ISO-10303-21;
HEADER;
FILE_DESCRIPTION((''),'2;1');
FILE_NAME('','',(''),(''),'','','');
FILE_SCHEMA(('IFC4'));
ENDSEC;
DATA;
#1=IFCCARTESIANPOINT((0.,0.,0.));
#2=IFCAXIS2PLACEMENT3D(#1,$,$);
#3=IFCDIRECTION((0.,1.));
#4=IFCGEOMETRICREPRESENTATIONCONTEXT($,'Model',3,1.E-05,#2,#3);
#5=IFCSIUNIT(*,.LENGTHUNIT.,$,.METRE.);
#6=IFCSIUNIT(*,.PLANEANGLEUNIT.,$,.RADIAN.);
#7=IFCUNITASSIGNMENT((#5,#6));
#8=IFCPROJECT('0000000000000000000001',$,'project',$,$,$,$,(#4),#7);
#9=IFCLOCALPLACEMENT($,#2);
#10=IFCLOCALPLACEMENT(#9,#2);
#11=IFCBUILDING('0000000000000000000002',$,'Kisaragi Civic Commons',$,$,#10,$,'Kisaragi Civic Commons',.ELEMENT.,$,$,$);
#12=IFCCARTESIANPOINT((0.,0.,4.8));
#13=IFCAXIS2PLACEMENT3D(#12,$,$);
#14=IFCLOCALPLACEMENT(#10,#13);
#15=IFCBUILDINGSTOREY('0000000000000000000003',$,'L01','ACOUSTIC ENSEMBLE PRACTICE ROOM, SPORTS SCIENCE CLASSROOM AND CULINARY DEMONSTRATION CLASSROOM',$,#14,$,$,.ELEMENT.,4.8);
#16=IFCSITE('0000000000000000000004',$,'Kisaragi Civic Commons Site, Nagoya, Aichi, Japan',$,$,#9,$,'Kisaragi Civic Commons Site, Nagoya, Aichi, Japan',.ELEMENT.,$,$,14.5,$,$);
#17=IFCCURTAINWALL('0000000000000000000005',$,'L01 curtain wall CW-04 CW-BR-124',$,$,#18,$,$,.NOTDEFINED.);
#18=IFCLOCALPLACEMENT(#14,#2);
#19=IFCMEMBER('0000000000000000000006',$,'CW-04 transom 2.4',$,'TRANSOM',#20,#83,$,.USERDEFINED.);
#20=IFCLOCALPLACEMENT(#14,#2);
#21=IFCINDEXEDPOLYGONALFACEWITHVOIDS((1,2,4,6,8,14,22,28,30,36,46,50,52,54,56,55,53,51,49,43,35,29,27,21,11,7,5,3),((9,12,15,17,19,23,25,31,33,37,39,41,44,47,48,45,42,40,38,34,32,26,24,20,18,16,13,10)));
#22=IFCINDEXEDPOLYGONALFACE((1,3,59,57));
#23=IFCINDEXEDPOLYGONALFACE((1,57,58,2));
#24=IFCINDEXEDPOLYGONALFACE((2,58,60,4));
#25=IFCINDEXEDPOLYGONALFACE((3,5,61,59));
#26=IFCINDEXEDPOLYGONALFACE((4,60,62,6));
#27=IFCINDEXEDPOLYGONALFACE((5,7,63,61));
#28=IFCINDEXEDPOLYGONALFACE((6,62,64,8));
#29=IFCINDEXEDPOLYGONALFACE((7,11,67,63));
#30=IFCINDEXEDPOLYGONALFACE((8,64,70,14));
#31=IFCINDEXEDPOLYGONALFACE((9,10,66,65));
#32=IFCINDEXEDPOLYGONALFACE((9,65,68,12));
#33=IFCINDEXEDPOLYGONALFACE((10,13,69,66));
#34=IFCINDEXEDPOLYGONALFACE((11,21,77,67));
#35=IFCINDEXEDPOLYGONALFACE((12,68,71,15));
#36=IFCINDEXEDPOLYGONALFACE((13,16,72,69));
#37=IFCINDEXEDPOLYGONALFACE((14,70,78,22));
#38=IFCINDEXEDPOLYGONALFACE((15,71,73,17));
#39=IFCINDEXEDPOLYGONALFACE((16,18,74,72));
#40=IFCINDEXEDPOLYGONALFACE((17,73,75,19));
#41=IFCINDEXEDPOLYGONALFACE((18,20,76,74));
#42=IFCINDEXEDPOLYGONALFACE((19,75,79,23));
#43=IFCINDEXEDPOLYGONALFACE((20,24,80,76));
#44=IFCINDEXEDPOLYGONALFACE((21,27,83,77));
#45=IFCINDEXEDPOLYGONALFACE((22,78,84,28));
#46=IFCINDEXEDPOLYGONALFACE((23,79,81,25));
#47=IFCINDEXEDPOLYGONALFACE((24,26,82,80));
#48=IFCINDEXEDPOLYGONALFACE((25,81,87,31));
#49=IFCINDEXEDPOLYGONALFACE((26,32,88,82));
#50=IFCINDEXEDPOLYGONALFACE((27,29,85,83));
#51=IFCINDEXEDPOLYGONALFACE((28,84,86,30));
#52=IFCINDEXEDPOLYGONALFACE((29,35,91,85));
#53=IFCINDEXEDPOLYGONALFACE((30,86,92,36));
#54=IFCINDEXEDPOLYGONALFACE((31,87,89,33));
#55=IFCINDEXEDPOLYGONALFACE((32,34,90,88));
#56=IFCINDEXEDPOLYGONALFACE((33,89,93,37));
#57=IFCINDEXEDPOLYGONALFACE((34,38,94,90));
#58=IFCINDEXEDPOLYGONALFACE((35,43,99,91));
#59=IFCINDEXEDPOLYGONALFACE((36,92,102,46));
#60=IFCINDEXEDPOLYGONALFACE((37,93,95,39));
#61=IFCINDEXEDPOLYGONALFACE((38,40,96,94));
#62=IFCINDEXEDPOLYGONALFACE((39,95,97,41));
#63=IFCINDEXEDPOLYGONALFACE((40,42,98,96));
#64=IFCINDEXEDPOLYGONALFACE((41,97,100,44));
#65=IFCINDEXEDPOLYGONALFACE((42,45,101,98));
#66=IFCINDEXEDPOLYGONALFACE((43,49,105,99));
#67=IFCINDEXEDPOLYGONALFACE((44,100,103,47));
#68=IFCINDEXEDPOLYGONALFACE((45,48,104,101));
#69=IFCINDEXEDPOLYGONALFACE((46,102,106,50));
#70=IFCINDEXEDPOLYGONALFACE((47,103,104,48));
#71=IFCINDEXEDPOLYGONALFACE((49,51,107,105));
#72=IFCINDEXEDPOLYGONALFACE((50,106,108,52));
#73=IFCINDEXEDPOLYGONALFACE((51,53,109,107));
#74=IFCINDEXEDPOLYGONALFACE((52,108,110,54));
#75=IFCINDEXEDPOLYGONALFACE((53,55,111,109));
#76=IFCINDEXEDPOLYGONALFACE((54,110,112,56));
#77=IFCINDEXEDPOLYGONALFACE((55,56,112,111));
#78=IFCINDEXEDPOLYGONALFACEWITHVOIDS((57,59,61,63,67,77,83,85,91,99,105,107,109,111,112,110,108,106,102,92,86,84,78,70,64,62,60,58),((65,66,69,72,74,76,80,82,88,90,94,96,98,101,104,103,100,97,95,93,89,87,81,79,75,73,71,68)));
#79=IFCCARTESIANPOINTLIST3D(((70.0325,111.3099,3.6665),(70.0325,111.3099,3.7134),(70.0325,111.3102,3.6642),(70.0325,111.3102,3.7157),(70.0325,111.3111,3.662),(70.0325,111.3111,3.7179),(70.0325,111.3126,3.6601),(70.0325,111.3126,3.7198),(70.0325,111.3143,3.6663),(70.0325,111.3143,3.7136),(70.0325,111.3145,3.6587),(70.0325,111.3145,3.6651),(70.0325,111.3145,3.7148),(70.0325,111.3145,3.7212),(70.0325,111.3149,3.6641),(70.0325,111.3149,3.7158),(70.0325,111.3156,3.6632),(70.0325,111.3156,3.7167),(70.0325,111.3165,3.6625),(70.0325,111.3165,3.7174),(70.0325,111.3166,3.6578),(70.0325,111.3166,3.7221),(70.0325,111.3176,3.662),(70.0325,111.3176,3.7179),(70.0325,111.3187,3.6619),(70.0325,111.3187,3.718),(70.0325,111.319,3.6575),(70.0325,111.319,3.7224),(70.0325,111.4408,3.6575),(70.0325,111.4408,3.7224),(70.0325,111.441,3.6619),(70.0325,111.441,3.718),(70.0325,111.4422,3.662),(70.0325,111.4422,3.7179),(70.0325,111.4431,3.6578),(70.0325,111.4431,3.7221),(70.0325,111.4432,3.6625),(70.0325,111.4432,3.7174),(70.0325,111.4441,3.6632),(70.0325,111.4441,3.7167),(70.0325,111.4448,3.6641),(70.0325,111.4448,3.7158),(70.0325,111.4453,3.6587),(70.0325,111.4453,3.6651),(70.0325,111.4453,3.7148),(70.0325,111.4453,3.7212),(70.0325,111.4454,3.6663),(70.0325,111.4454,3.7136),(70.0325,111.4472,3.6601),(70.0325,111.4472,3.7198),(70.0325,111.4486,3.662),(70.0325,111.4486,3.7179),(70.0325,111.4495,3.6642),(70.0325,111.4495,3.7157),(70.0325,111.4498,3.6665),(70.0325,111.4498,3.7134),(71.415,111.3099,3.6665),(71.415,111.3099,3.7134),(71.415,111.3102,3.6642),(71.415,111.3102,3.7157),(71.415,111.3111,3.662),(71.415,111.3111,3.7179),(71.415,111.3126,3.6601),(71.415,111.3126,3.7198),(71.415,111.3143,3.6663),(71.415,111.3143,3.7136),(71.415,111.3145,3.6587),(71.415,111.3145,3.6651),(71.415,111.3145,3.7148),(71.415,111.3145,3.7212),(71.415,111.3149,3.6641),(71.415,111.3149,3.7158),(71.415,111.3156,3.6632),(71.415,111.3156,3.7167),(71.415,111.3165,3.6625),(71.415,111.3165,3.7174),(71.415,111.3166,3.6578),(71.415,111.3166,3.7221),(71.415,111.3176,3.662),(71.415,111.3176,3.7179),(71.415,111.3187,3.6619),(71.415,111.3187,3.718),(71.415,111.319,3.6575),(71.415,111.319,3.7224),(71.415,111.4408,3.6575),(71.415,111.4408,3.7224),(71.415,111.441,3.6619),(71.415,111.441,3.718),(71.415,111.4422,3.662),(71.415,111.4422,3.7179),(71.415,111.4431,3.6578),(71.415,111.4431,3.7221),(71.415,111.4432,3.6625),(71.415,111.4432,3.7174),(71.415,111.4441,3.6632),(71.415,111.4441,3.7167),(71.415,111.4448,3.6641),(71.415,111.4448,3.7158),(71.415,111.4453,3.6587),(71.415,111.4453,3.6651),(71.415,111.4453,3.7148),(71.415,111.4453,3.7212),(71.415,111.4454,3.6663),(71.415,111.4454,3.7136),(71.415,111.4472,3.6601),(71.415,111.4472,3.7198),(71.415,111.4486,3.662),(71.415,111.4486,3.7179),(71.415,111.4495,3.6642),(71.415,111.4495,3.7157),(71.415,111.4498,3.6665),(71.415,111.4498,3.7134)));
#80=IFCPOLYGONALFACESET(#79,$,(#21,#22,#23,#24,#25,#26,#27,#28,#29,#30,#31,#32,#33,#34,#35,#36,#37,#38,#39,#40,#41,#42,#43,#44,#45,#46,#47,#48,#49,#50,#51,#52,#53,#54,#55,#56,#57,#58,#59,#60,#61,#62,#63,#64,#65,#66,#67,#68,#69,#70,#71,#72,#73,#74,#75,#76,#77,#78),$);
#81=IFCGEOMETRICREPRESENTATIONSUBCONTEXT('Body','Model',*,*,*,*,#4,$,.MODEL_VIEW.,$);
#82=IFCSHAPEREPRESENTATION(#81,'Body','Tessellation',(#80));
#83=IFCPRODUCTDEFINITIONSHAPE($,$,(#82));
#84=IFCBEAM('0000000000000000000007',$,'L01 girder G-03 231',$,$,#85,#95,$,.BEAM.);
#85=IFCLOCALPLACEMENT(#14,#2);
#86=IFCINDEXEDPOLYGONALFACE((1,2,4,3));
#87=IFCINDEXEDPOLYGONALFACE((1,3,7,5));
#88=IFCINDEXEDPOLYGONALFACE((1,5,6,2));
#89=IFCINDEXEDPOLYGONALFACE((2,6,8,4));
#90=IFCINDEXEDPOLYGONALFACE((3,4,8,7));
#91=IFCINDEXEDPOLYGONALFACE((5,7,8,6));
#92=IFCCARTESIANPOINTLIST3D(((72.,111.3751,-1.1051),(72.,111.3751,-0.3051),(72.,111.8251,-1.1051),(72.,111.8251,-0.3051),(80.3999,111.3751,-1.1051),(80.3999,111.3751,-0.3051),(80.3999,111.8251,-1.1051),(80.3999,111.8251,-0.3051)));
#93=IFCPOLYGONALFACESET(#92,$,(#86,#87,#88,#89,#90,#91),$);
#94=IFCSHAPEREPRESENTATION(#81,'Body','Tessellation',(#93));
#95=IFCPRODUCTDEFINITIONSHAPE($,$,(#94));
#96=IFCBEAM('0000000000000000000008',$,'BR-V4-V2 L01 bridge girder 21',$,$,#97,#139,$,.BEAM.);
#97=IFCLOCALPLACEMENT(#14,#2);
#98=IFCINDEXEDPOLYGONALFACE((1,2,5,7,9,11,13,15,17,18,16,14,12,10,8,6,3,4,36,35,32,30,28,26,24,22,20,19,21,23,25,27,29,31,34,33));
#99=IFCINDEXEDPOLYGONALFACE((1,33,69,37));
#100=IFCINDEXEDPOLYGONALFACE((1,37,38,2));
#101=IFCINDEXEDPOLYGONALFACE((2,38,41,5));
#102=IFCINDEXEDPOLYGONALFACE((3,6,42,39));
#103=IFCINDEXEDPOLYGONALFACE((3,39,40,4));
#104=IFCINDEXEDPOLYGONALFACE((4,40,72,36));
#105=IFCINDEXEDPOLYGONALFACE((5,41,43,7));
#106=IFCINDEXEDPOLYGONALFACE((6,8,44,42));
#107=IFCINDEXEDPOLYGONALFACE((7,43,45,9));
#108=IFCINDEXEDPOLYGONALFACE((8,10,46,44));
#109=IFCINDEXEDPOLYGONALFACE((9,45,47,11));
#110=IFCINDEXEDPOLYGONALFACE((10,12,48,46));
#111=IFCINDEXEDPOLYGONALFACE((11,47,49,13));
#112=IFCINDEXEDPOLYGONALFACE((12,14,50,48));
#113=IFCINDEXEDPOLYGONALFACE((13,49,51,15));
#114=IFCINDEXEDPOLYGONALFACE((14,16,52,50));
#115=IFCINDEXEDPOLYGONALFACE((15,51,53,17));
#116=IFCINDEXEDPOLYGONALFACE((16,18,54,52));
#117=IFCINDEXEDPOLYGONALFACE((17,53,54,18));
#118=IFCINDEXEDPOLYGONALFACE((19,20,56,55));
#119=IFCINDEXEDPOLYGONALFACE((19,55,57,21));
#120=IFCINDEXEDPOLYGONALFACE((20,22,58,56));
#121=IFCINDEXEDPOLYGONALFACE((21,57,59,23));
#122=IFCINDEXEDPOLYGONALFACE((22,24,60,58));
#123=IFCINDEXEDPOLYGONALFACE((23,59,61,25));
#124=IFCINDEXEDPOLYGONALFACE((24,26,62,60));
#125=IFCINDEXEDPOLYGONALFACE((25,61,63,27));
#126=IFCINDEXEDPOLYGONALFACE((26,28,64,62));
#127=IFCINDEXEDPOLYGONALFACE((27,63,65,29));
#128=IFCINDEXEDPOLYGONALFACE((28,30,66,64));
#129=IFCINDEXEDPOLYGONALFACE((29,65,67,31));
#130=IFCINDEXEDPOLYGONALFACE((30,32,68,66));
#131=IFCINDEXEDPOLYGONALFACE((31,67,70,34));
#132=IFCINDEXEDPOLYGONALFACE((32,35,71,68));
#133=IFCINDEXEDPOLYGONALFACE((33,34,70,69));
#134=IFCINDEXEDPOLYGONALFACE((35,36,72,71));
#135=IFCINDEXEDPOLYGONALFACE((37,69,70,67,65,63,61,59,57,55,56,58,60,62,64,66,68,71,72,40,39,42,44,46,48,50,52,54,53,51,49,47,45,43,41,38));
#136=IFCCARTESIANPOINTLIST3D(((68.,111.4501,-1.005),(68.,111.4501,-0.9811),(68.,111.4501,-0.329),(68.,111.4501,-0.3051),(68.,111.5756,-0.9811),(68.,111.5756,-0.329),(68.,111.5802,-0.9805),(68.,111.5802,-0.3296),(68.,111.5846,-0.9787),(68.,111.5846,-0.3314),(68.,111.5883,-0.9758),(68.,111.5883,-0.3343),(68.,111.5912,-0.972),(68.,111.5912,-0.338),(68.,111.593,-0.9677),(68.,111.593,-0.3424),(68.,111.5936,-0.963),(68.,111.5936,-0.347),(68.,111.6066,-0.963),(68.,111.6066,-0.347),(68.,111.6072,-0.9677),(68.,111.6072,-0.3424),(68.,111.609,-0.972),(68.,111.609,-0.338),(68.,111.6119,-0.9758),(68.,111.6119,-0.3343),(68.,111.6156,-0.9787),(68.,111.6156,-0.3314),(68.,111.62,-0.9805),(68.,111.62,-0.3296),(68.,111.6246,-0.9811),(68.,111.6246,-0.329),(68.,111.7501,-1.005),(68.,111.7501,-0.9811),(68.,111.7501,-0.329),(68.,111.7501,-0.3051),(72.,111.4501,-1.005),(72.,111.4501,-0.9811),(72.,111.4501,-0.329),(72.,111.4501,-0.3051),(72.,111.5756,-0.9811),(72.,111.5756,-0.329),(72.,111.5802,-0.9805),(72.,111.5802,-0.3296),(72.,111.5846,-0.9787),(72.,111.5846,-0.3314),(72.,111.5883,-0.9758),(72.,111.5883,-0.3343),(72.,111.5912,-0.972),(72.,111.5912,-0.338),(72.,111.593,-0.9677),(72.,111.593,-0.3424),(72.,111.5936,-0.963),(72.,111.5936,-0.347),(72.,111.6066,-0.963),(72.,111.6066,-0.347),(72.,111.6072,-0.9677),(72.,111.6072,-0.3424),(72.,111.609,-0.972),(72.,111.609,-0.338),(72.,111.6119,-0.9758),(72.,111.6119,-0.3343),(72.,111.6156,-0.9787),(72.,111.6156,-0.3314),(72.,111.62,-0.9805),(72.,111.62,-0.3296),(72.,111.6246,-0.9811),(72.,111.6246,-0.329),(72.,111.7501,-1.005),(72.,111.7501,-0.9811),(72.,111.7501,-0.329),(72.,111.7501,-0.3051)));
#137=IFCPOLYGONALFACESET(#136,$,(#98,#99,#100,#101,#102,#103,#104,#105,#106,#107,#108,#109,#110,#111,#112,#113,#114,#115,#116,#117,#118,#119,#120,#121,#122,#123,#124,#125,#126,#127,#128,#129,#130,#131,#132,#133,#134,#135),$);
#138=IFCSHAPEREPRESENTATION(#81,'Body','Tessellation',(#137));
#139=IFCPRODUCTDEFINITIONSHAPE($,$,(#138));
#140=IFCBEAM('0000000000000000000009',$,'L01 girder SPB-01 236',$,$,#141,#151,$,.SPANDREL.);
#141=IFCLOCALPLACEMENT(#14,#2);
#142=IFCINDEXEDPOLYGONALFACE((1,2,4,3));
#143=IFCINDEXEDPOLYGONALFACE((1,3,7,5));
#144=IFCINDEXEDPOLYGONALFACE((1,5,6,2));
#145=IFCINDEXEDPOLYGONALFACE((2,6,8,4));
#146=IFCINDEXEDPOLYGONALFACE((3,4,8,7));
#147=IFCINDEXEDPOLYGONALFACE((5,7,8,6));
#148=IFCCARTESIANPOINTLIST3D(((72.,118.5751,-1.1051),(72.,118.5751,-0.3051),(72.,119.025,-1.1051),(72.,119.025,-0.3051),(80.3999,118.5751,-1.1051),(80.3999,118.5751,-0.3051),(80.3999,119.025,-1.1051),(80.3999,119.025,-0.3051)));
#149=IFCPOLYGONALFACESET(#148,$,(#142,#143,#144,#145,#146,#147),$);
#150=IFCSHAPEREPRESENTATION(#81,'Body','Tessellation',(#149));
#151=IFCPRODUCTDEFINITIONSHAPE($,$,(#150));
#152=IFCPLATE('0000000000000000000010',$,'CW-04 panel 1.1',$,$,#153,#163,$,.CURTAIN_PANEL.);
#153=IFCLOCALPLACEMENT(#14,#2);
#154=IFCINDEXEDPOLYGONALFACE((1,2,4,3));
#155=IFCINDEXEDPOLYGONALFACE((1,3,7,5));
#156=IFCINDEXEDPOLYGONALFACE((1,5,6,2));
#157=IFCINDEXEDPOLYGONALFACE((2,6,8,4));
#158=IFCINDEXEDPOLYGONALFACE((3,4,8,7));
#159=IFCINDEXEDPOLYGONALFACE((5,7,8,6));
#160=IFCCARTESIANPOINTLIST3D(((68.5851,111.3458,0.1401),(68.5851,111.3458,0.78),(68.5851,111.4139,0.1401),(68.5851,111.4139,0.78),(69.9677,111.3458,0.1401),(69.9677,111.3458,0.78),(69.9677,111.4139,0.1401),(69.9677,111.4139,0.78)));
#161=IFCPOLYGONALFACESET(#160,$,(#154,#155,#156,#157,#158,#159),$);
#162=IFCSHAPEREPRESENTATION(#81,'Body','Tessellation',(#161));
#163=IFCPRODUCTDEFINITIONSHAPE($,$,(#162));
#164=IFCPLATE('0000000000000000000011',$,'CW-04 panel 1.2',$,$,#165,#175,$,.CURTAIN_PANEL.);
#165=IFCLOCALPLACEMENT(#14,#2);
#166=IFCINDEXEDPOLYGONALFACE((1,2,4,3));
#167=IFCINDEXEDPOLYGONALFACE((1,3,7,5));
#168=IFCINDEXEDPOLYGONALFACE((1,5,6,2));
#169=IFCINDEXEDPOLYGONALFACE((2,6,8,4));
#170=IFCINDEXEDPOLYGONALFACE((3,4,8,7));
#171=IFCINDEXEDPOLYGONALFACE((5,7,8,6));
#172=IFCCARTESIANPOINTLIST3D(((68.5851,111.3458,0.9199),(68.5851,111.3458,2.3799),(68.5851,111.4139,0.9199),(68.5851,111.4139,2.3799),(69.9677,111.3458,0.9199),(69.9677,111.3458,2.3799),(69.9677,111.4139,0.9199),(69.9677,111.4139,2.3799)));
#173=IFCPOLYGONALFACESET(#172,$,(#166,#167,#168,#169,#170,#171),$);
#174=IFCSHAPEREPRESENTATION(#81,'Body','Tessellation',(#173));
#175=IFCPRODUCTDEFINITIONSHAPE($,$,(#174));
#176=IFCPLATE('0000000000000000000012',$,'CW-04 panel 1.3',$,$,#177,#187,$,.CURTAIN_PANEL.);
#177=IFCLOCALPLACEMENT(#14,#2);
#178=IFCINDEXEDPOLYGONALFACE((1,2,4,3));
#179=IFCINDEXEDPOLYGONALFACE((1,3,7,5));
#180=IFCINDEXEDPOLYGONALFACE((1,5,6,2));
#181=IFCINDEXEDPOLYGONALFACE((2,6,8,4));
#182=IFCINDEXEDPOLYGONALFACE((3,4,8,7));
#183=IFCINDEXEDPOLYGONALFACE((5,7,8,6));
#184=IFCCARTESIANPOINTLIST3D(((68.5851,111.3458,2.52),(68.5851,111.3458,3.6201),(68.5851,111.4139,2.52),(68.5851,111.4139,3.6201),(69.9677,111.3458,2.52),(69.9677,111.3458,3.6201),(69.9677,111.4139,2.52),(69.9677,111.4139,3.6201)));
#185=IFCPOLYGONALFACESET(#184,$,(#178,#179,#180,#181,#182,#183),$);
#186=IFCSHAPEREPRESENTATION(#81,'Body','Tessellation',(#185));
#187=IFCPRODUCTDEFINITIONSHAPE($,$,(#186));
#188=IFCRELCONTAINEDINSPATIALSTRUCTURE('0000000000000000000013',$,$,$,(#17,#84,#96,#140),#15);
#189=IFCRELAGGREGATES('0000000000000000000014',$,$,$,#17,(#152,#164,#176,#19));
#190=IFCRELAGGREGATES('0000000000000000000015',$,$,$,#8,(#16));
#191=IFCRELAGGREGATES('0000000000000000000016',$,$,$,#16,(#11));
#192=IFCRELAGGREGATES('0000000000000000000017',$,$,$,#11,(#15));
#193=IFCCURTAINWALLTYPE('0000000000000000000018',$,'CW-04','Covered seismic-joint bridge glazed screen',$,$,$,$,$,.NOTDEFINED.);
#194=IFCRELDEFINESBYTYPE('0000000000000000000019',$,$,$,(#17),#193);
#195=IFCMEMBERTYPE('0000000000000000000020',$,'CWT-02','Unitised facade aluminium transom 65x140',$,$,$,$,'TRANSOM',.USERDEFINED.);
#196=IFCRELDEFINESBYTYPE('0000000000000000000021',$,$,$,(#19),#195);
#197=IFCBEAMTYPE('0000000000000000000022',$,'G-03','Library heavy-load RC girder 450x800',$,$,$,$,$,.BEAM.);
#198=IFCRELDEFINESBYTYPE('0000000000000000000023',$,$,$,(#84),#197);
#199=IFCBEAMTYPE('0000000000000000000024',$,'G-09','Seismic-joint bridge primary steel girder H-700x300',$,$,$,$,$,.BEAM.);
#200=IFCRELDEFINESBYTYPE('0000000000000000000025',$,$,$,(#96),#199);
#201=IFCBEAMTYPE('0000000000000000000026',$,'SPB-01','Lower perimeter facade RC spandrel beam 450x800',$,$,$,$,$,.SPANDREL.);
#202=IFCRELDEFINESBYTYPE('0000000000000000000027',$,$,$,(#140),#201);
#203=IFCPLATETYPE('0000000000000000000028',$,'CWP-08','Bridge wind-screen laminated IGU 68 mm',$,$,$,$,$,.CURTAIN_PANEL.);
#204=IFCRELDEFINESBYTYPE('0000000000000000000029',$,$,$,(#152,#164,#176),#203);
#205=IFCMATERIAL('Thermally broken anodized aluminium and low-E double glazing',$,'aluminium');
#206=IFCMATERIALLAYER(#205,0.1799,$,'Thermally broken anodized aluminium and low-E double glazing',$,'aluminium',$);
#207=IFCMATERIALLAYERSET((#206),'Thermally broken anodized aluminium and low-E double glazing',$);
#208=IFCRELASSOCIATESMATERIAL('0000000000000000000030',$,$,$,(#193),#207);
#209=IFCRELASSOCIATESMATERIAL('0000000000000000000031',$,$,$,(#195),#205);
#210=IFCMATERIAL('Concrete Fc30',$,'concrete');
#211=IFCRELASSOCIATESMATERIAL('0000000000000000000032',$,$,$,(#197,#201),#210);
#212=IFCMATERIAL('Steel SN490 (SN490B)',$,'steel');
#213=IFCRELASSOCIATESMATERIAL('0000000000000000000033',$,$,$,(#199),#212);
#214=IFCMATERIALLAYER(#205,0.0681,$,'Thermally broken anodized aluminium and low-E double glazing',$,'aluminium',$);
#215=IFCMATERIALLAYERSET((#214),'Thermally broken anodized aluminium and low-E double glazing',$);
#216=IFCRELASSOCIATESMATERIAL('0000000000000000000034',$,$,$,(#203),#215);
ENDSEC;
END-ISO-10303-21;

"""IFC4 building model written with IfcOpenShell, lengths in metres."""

from ifc_helpers import new_model, si_unit, direction, frame, origin, origin_2d, place, context, subcontext, project, spatial, rectangle, hollow_rectangle, i_section, extrude, material, layer, layer_set, material_profile, profile_set, type_object, element, aggregate, save


model = new_model("IFC4")

# Units and contexts
model_context = context("Model", 3, precision=1e-05, world=origin(), true_north=direction((0.0, 1.0)))
body_context = subcontext(model_context, "Body", "Model", "MODEL_VIEW")
ifc_project = project(units=[si_unit("LENGTHUNIT", "METRE"), si_unit("PLANEANGLEUNIT", "RADIAN")], contexts=[model_context])

# Site, building, storey
site_placement = place(None, origin())
site = spatial("IfcSite", under=ifc_project, at=site_placement, Name="Kisaragi Civic Commons Site, Nagoya, Aichi, Japan", LongName="Kisaragi Civic Commons Site, Nagoya, Aichi, Japan", CompositionType="ELEMENT", RefElevation=14.5)
building_placement = place(site_placement, origin())
building = spatial("IfcBuilding", under=site, at=building_placement, Name="Kisaragi Civic Commons", LongName="Kisaragi Civic Commons", CompositionType="ELEMENT")
storey_placement = place(building_placement, frame((0.0, 0.0, 4.8)))
storey = spatial("IfcBuildingStorey", under=building, at=storey_placement, Name="L01", Description="ACOUSTIC ENSEMBLE PRACTICE ROOM, SPORTS SCIENCE CLASSROOM AND CULINARY DEMONSTRATION CLASSROOM", CompositionType="ELEMENT", Elevation=4.8)

# Shared definitions
ifc_material_1 = material(Name="Thermally broken anodized aluminium and low-E double glazing", Category="aluminium")

# Curtain wall
ifc_layer_1 = layer(ifc_material_1, 0.1799, Name="Thermally broken anodized aluminium and low-E double glazing", Category="aluminium")
ifc_layer_set_1 = layer_set([ifc_layer_1], Name="Thermally broken anodized aluminium and low-E double glazing")
curtain_wall_type_1 = type_object("IfcCurtainWallType", Name="CW-04", Description="Covered seismic-joint bridge glazed screen", PredefinedType="NOTDEFINED", material=ifc_layer_set_1)
curtain_wall_1_placement = place(storey_placement, origin())
curtain_wall_1 = element("IfcCurtainWall", 1, at=curtain_wall_1_placement, inside=storey, type_object=curtain_wall_type_1, Name="L01 curtain wall CW-04 CW-BR-124", PredefinedType="NOTDEFINED")

# Member
ifc_material_profile_1 = material_profile(ifc_material_1, hollow_rectangle(XDim=0.1399, YDim=0.0649, WallThickness=0.0044, InnerFilletRadius=0.0044, OuterFilletRadius=0.009, at=origin_2d()), Name="CWT-65x140x4.5", Category="aluminium")
ifc_profile_set_1 = profile_set([ifc_material_profile_1], Name="Thermally broken anodized aluminium and low-E double glazing")
member_type_1 = type_object("IfcMemberType", Name="CWT-02", Description="Unitised facade aluminium transom 65x140", ElementType="TRANSOM", PredefinedType="USERDEFINED", material=ifc_profile_set_1)
member_1_placement = place(storey_placement, frame((70.0325, 111.3799, 3.6899), z_axis=(1.0, 0.0, 0.0), x_axis=(0.0, 1.0, 0.0)))
member_1 = element("IfcMember", 2, at=member_1_placement, type_object=member_type_1, Name="CW-04 transom 2.4", ObjectType="TRANSOM", PredefinedType="USERDEFINED", context=body_context, shape_type="SweptSolid", body=[
    extrude(hollow_rectangle(XDim=0.1399, YDim=0.0649, WallThickness=0.0044, InnerFilletRadius=0.0044, OuterFilletRadius=0.009, at=origin_2d()), origin(), (0.0, 0.0, 1.0), 1.3826),
])

# Beams
ifc_material_2 = material(Name="Concrete Fc30", Category="concrete")
ifc_material_profile_2 = material_profile(ifc_material_2, rectangle(XDim=0.45, YDim=0.8, at=origin_2d()), Name="RC-450x800", Category="concrete")
ifc_profile_set_2 = profile_set([ifc_material_profile_2], Name="Concrete Fc30")
beam_type_1 = type_object("IfcBeamType", Name="G-03", Description="Library heavy-load RC girder 450x800", PredefinedType="BEAM", material=ifc_profile_set_2)
beam_1_placement = place(storey_placement, frame((72.0, 111.6001, -0.7051), z_axis=(1.0, 0.0, 0.0), x_axis=(0.0, 1.0, 0.0)))
element("IfcBeam", 3, at=beam_1_placement, inside=storey, type_object=beam_type_1, Name="L01 girder G-03 231", PredefinedType="BEAM", context=body_context, shape_type="SweptSolid", body=[
    extrude(rectangle(XDim=0.45, YDim=0.8, at=origin_2d()), origin(), (0.0, 0.0, 1.0), 8.3999),
])
ifc_material_3 = material(Name="Steel SN490 (SN490B)", Category="steel")
ifc_material_profile_3 = material_profile(ifc_material_3, i_section(OverallWidth=0.3, OverallDepth=0.7, WebThickness=0.0129, FlangeThickness=0.0239, FilletRadius=0.0181, at=origin_2d()), Name="H-700x300x13x24", Category="steel")
ifc_profile_set_3 = profile_set([ifc_material_profile_3], Name="Steel SN490 (SN490B)")
beam_type_2 = type_object("IfcBeamType", Name="G-09", Description="Seismic-joint bridge primary steel girder H-700x300", PredefinedType="BEAM", material=ifc_profile_set_3)
beam_2_placement = place(storey_placement, frame((72.0, 111.6001, -0.655), z_axis=(-1.0, 0.0, 0.0), x_axis=(0.0, -1.0, 0.0)))
element("IfcBeam", 4, at=beam_2_placement, inside=storey, type_object=beam_type_2, Name="BR-V4-V2 L01 bridge girder 21", PredefinedType="BEAM", context=body_context, shape_type="SweptSolid", body=[
    extrude(i_section(OverallWidth=0.3, OverallDepth=0.7, WebThickness=0.0129, FlangeThickness=0.0239, FilletRadius=0.0181, at=origin_2d()), origin(), (0.0, 0.0, 1.0), 4.0),
])
ifc_material_profile_4 = material_profile(ifc_material_2, rectangle(XDim=0.45, YDim=0.8, at=origin_2d()), Name="RC-450x800", Category="concrete")
ifc_profile_set_4 = profile_set([ifc_material_profile_4], Name="Concrete Fc30")
beam_type_3 = type_object("IfcBeamType", Name="SPB-01", Description="Lower perimeter facade RC spandrel beam 450x800", PredefinedType="SPANDREL", material=ifc_profile_set_4)
beam_3_placement = place(storey_placement, frame((72.0, 118.8, -0.7051), z_axis=(1.0, 0.0, 0.0), x_axis=(0.0, 1.0, 0.0)))
element("IfcBeam", 5, at=beam_3_placement, inside=storey, type_object=beam_type_3, Name="L01 girder SPB-01 236", PredefinedType="SPANDREL", context=body_context, shape_type="SweptSolid", body=[
    extrude(rectangle(XDim=0.45, YDim=0.8, at=origin_2d()), origin(), (0.0, 0.0, 1.0), 8.3999),
])

# Plates
ifc_layer_2 = layer(ifc_material_1, 0.0681, Name="Thermally broken anodized aluminium and low-E double glazing", Category="aluminium")
ifc_layer_set_2 = layer_set([ifc_layer_2], Name="Thermally broken anodized aluminium and low-E double glazing")
plate_type = type_object("IfcPlateType", Name="CWP-08", Description="Bridge wind-screen laminated IGU 68 mm", PredefinedType="CURTAIN_PANEL", material=ifc_layer_set_2)
plate_1_placement = place(storey_placement, frame((69.2764, 111.3799, 0.1401), z_axis=(0.0, 0.0, 1.0), x_axis=(1.0, 0.0, 0.0)))
plate_1 = element("IfcPlate", 6, at=plate_1_placement, type_object=plate_type, Name="CW-04 panel 1.1", PredefinedType="CURTAIN_PANEL", context=body_context, shape_type="SweptSolid", body=[
    extrude(rectangle(XDim=1.3826, YDim=0.0681, at=origin_2d()), origin(), (0.0, 0.0, 1.0), 0.6399),
])
plate_2_placement = place(storey_placement, frame((69.2764, 111.3799, 0.9199), z_axis=(0.0, 0.0, 1.0), x_axis=(1.0, 0.0, 0.0)))
plate_2 = element("IfcPlate", 7, at=plate_2_placement, type_object=plate_type, Name="CW-04 panel 1.2", PredefinedType="CURTAIN_PANEL", context=body_context, shape_type="SweptSolid", body=[
    extrude(rectangle(XDim=1.3826, YDim=0.0681, at=origin_2d()), origin(), (0.0, 0.0, 1.0), 1.46),
])
plate_3_placement = place(storey_placement, frame((69.2764, 111.3799, 2.52), z_axis=(0.0, 0.0, 1.0), x_axis=(1.0, 0.0, 0.0)))
plate_3 = element("IfcPlate", 8, at=plate_3_placement, type_object=plate_type, Name="CW-04 panel 1.3", PredefinedType="CURTAIN_PANEL", context=body_context, shape_type="SweptSolid", body=[
    extrude(rectangle(XDim=1.3826, YDim=0.0681, at=origin_2d()), origin(), (0.0, 0.0, 1.0), 1.1001),
])
aggregate(curtain_wall_1, [plate_1, plate_2, plate_3, member_1])

save(model, "model.ifc")
